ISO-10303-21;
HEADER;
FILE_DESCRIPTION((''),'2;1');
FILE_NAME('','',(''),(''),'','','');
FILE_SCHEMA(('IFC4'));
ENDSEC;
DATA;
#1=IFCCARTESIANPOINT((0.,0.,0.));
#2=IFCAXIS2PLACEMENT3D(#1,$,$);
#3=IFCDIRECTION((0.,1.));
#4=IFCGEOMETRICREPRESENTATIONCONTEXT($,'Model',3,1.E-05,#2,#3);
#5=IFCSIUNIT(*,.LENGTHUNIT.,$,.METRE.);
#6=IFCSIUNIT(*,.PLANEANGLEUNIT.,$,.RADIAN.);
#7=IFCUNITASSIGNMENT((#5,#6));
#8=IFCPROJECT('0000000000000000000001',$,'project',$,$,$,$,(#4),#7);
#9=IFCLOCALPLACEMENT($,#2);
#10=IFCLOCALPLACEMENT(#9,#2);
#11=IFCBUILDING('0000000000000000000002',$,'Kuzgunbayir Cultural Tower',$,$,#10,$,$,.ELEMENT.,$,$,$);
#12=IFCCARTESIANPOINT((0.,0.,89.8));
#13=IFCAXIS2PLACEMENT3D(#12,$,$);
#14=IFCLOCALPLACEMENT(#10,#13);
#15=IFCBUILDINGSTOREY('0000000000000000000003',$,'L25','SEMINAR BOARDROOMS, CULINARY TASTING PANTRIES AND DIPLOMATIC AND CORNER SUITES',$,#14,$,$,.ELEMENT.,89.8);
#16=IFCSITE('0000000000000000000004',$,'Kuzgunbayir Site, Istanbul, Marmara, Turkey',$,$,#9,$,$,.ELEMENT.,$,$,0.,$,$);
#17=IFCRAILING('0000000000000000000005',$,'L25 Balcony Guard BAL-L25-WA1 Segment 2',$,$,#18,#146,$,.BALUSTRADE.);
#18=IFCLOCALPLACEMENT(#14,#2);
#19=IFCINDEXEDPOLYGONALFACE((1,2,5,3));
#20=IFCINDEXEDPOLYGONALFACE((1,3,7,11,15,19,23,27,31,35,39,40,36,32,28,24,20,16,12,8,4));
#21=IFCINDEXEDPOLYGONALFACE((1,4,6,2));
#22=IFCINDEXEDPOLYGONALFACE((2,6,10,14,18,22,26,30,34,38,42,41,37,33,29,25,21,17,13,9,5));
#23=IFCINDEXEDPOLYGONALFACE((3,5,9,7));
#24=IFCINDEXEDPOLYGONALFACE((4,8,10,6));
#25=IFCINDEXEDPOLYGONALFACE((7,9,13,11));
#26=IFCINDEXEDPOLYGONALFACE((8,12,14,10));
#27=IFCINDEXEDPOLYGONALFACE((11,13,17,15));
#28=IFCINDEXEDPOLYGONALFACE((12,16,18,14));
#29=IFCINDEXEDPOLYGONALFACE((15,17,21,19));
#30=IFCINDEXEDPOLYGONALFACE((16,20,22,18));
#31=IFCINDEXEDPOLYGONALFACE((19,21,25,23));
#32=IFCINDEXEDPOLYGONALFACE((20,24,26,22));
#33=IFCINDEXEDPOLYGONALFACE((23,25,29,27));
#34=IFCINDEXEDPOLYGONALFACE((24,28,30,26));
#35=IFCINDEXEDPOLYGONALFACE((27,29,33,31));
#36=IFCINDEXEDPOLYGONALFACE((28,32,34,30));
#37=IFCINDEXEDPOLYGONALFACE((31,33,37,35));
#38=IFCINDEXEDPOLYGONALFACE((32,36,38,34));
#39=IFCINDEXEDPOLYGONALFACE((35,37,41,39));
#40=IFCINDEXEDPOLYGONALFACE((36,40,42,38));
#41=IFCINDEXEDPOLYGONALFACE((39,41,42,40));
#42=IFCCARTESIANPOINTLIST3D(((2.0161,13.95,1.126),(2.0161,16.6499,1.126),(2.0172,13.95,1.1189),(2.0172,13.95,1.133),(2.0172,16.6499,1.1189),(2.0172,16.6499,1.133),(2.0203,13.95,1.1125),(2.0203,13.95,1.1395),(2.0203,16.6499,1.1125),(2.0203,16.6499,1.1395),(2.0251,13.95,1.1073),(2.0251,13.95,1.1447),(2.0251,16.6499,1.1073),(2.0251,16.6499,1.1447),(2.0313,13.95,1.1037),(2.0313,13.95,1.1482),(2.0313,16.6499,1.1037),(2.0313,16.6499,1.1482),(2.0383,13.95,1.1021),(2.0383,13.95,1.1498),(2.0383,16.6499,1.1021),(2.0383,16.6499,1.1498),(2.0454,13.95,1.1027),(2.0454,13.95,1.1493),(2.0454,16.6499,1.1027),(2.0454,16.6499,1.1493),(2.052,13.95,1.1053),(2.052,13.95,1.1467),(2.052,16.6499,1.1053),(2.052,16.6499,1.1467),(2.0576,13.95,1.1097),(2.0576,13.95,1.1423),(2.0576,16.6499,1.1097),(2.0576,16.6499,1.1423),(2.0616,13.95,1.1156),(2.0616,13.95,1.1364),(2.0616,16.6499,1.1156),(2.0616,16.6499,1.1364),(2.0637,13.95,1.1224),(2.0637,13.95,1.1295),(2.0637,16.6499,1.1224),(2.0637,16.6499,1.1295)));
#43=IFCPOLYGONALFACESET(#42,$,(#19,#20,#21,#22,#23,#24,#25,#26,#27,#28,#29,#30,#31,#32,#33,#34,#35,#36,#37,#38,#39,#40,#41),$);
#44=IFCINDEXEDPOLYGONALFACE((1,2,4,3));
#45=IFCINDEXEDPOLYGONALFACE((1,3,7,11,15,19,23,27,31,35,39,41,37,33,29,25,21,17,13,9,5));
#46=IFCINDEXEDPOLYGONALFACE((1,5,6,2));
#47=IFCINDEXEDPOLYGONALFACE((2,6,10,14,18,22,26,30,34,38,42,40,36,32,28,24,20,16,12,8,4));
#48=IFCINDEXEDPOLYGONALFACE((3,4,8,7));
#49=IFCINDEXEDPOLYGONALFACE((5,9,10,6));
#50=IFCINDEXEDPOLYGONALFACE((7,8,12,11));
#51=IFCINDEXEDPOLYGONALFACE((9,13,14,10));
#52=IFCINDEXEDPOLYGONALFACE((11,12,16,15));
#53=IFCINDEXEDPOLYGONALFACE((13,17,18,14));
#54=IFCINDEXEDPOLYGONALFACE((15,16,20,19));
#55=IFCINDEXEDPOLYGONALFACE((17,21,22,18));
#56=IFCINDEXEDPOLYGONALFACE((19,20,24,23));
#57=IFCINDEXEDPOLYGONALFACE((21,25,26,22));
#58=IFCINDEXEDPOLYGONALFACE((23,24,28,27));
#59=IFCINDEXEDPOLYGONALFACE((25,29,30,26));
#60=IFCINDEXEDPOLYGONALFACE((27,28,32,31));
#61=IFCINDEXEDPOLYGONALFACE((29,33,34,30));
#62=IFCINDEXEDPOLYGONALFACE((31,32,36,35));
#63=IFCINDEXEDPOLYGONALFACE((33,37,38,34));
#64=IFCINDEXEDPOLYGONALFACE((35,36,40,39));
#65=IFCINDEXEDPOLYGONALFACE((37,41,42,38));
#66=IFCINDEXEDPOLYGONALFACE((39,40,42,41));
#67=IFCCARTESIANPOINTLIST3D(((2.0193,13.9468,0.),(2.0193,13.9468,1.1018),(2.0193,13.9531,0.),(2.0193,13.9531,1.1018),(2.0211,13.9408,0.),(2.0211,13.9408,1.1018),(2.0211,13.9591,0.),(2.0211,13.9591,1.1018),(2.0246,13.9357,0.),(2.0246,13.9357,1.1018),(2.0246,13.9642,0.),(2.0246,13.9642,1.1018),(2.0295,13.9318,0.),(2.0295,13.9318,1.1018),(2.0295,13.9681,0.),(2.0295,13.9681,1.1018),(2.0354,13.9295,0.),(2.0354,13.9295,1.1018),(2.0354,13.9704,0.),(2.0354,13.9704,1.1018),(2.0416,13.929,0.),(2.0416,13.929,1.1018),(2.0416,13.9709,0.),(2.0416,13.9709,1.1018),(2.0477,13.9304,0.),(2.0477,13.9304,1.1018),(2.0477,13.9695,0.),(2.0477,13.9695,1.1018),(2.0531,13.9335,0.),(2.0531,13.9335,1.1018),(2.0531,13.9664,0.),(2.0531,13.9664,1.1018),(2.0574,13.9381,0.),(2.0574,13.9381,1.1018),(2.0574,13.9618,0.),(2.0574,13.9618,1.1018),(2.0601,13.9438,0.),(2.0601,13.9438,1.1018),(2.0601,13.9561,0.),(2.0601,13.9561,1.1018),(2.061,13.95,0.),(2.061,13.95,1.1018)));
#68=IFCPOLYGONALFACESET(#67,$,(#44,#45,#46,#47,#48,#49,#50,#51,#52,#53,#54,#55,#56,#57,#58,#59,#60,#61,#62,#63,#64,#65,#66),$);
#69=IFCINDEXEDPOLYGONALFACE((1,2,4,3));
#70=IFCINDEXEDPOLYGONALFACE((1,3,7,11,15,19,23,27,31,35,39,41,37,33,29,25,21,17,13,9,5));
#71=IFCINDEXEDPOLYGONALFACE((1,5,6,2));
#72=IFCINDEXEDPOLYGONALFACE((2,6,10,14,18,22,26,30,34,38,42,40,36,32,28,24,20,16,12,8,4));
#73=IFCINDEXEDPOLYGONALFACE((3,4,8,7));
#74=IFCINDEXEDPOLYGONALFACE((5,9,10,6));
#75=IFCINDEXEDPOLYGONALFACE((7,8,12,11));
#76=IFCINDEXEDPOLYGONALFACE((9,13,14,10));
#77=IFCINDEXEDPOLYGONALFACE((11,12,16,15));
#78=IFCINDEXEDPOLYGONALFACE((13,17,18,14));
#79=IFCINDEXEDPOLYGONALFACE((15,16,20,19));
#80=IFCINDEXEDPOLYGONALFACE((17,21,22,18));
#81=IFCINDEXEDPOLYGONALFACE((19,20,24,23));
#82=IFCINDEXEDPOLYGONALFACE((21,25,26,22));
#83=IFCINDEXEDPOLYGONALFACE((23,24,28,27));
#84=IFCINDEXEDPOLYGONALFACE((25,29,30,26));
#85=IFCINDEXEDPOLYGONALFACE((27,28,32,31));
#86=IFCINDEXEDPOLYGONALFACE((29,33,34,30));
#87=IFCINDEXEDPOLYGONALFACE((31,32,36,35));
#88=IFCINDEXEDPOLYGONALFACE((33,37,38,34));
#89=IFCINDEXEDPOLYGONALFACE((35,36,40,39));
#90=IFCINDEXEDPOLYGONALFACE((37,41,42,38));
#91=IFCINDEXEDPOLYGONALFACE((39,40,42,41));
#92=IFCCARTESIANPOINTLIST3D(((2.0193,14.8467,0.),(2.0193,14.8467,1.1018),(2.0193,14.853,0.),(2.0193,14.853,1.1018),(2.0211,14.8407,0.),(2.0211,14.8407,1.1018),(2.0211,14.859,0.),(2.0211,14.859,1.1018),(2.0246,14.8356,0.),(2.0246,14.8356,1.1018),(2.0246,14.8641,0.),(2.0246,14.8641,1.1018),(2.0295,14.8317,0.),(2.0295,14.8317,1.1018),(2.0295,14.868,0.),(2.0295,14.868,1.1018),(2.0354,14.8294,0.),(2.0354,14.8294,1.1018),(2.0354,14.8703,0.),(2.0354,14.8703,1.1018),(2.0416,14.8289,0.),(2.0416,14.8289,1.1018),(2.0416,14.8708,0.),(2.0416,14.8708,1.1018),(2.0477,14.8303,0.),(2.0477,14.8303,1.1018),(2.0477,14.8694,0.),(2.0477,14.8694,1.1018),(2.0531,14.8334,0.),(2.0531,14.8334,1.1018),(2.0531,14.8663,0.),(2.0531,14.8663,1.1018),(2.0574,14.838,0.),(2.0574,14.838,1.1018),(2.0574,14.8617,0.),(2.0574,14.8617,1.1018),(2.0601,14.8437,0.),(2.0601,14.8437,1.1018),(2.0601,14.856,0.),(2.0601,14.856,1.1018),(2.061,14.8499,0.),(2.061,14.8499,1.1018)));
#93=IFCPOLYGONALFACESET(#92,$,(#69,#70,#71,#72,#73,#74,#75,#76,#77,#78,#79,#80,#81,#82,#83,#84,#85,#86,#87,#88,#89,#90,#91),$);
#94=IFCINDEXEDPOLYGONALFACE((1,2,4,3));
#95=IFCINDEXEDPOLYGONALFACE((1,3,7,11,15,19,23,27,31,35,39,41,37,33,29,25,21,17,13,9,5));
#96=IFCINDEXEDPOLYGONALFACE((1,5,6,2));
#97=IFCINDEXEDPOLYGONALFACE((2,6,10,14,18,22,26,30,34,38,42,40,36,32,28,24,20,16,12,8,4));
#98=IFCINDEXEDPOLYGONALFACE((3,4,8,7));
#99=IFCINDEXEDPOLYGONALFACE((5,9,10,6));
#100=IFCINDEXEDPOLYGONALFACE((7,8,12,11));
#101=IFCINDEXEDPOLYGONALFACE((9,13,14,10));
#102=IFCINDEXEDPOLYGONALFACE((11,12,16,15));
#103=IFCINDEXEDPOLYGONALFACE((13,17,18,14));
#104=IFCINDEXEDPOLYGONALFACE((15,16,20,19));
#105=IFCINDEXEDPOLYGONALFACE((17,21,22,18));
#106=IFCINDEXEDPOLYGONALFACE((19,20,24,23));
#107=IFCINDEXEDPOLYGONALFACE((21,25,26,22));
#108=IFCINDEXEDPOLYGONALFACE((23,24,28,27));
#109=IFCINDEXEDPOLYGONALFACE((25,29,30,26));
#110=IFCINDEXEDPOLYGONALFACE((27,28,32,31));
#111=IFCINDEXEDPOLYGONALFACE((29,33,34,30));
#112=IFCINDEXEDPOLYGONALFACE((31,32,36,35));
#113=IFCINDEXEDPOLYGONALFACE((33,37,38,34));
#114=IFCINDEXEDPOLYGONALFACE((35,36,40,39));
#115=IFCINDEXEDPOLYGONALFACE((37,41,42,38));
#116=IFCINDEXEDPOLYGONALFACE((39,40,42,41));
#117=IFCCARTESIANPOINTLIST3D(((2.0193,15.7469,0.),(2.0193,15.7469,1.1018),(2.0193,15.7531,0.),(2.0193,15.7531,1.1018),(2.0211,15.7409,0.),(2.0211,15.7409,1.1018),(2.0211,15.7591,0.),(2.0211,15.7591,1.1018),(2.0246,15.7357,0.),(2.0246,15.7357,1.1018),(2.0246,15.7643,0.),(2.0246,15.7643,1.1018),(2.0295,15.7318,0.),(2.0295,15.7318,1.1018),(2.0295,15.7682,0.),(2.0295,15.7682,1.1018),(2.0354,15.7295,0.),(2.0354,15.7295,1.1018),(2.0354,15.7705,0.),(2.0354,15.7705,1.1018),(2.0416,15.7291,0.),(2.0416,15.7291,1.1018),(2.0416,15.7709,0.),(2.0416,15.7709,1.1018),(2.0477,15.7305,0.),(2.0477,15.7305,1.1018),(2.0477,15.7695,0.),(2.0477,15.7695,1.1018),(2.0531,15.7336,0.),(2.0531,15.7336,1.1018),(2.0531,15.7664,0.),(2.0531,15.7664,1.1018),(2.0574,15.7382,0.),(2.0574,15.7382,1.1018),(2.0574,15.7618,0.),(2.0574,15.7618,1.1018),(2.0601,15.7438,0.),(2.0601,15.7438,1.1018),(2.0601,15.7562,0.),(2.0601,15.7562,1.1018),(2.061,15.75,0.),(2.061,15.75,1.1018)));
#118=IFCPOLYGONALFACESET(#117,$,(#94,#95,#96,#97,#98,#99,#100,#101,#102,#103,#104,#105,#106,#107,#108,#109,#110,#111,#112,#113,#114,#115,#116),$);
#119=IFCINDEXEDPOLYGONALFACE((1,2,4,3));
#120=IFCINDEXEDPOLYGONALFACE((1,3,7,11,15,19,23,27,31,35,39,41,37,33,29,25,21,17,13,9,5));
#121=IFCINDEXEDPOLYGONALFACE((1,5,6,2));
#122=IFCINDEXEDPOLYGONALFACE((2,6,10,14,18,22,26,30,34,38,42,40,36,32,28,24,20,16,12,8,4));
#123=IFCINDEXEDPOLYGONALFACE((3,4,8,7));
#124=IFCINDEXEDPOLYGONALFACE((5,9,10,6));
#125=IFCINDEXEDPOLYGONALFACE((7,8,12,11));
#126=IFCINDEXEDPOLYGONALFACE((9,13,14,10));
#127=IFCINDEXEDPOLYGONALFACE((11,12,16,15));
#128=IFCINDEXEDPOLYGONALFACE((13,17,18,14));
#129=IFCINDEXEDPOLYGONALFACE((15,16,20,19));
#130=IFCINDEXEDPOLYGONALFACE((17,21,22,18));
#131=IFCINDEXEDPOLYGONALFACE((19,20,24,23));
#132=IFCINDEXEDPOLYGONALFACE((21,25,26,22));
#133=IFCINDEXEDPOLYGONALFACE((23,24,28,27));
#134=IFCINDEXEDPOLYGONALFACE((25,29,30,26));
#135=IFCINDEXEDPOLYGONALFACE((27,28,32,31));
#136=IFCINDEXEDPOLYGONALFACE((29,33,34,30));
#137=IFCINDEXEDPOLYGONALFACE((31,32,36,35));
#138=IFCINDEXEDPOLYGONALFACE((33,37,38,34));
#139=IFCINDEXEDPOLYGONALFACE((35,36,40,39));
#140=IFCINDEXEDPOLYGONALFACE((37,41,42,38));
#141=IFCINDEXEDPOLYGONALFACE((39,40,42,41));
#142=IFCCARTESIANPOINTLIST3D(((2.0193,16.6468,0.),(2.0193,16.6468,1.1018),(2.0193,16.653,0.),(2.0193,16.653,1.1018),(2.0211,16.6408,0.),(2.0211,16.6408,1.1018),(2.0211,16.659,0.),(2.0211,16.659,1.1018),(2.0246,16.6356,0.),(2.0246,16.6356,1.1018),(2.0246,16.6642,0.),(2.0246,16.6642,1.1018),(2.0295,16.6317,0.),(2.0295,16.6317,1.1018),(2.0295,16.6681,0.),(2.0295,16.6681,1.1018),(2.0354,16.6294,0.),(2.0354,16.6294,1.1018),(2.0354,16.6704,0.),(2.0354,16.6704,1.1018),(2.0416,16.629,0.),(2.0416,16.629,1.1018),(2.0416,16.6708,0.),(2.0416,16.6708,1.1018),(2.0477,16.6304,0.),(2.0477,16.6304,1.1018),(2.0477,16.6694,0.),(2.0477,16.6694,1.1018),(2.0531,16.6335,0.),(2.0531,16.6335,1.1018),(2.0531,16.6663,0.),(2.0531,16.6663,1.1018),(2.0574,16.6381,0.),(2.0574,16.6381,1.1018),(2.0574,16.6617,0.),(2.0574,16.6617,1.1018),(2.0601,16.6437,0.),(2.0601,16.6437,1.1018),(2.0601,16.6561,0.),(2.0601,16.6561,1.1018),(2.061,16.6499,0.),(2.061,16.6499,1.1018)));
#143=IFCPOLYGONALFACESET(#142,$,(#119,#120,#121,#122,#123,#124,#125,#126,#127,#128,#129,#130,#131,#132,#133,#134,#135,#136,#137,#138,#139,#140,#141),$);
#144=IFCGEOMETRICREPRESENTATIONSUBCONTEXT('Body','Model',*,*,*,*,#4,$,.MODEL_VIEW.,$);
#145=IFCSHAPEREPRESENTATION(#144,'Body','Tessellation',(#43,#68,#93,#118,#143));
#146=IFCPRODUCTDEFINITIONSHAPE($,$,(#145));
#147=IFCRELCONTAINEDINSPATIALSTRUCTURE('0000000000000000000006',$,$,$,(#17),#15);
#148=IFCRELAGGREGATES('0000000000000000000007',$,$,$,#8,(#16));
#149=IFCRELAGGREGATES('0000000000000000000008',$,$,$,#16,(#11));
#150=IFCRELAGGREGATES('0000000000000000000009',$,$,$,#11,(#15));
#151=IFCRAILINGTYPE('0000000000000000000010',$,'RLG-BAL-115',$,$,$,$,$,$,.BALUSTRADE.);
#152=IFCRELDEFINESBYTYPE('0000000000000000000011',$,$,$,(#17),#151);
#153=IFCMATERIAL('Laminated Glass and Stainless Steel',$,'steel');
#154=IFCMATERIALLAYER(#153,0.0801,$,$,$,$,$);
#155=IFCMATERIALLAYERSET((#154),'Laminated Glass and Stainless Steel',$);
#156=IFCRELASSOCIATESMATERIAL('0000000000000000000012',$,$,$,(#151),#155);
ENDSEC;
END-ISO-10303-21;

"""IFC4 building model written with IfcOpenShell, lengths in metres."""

from ifc_helpers import new_model, si_unit, direction, frame, origin, origin_2d, place, context, subcontext, project, spatial, circle, extrude, material, layer, layer_set, type_object, element, save


model = new_model("IFC4")

# Units and contexts
model_context = context("Model", 3, precision=1e-05, world=origin(), true_north=direction((0.0, 1.0)))
body_context = subcontext(model_context, "Body", "Model", "MODEL_VIEW")
ifc_project = project(units=[si_unit("LENGTHUNIT", "METRE"), si_unit("PLANEANGLEUNIT", "RADIAN")], contexts=[model_context])

# Site, building, storey
site_placement = place(None, origin())
site = spatial("IfcSite", under=ifc_project, at=site_placement, Name="Kuzgunbayir Site, Istanbul, Marmara, Turkey", CompositionType="ELEMENT", RefElevation=0.0)
building_placement = place(site_placement, origin())
building = spatial("IfcBuilding", under=site, at=building_placement, Name="Kuzgunbayir Cultural Tower", CompositionType="ELEMENT")
storey_placement = place(building_placement, frame((0.0, 0.0, 89.8)))
storey = spatial("IfcBuildingStorey", under=building, at=storey_placement, Name="L25", Description="SEMINAR BOARDROOMS, CULINARY TASTING PANTRIES AND DIPLOMATIC AND CORNER SUITES", CompositionType="ELEMENT", Elevation=89.8)

# Railing
ifc_material_1 = material(Name="Laminated Glass and Stainless Steel", Category="steel")
ifc_layer_1 = layer(ifc_material_1, 0.0801)
ifc_layer_set_1 = layer_set([ifc_layer_1], Name="Laminated Glass and Stainless Steel")
railing_type = type_object("IfcRailingType", Name="RLG-BAL-115", PredefinedType="BALUSTRADE", material=ifc_layer_set_1)
railing_1_placement = place(storey_placement, frame((2.04, 13.95, 0.0)))
element("IfcRailing", 1, at=railing_1_placement, inside=storey, type_object=railing_type, Name="L25 Balcony Guard BAL-L25-WA1 Segment 2", PredefinedType="BALUSTRADE", context=body_context, shape_type="SweptSolid", body=[
    extrude(circle(Radius=0.0239, at=origin_2d()), frame((0.0, 0.0, 1.126), z_axis=(0.0, 1.0, 0.0), x_axis=(-1.0, 0.0, 0.0)), (0.0, 0.0, 1.0), 2.7),
    extrude(circle(Radius=0.021, at=origin_2d()), origin(), (0.0, 0.0, 1.0), 1.1018),
    extrude(circle(Radius=0.021, at=origin_2d()), frame((0.0, 0.8999, 0.0)), (0.0, 0.0, 1.0), 1.1018),
    extrude(circle(Radius=0.021, at=origin_2d()), frame((0.0, 1.8, 0.0)), (0.0, 0.0, 1.0), 1.1018),
    extrude(circle(Radius=0.021, at=origin_2d()), frame((0.0, 2.7, 0.0)), (0.0, 0.0, 1.0), 1.1018),
])

save(model, "model.ifc")
